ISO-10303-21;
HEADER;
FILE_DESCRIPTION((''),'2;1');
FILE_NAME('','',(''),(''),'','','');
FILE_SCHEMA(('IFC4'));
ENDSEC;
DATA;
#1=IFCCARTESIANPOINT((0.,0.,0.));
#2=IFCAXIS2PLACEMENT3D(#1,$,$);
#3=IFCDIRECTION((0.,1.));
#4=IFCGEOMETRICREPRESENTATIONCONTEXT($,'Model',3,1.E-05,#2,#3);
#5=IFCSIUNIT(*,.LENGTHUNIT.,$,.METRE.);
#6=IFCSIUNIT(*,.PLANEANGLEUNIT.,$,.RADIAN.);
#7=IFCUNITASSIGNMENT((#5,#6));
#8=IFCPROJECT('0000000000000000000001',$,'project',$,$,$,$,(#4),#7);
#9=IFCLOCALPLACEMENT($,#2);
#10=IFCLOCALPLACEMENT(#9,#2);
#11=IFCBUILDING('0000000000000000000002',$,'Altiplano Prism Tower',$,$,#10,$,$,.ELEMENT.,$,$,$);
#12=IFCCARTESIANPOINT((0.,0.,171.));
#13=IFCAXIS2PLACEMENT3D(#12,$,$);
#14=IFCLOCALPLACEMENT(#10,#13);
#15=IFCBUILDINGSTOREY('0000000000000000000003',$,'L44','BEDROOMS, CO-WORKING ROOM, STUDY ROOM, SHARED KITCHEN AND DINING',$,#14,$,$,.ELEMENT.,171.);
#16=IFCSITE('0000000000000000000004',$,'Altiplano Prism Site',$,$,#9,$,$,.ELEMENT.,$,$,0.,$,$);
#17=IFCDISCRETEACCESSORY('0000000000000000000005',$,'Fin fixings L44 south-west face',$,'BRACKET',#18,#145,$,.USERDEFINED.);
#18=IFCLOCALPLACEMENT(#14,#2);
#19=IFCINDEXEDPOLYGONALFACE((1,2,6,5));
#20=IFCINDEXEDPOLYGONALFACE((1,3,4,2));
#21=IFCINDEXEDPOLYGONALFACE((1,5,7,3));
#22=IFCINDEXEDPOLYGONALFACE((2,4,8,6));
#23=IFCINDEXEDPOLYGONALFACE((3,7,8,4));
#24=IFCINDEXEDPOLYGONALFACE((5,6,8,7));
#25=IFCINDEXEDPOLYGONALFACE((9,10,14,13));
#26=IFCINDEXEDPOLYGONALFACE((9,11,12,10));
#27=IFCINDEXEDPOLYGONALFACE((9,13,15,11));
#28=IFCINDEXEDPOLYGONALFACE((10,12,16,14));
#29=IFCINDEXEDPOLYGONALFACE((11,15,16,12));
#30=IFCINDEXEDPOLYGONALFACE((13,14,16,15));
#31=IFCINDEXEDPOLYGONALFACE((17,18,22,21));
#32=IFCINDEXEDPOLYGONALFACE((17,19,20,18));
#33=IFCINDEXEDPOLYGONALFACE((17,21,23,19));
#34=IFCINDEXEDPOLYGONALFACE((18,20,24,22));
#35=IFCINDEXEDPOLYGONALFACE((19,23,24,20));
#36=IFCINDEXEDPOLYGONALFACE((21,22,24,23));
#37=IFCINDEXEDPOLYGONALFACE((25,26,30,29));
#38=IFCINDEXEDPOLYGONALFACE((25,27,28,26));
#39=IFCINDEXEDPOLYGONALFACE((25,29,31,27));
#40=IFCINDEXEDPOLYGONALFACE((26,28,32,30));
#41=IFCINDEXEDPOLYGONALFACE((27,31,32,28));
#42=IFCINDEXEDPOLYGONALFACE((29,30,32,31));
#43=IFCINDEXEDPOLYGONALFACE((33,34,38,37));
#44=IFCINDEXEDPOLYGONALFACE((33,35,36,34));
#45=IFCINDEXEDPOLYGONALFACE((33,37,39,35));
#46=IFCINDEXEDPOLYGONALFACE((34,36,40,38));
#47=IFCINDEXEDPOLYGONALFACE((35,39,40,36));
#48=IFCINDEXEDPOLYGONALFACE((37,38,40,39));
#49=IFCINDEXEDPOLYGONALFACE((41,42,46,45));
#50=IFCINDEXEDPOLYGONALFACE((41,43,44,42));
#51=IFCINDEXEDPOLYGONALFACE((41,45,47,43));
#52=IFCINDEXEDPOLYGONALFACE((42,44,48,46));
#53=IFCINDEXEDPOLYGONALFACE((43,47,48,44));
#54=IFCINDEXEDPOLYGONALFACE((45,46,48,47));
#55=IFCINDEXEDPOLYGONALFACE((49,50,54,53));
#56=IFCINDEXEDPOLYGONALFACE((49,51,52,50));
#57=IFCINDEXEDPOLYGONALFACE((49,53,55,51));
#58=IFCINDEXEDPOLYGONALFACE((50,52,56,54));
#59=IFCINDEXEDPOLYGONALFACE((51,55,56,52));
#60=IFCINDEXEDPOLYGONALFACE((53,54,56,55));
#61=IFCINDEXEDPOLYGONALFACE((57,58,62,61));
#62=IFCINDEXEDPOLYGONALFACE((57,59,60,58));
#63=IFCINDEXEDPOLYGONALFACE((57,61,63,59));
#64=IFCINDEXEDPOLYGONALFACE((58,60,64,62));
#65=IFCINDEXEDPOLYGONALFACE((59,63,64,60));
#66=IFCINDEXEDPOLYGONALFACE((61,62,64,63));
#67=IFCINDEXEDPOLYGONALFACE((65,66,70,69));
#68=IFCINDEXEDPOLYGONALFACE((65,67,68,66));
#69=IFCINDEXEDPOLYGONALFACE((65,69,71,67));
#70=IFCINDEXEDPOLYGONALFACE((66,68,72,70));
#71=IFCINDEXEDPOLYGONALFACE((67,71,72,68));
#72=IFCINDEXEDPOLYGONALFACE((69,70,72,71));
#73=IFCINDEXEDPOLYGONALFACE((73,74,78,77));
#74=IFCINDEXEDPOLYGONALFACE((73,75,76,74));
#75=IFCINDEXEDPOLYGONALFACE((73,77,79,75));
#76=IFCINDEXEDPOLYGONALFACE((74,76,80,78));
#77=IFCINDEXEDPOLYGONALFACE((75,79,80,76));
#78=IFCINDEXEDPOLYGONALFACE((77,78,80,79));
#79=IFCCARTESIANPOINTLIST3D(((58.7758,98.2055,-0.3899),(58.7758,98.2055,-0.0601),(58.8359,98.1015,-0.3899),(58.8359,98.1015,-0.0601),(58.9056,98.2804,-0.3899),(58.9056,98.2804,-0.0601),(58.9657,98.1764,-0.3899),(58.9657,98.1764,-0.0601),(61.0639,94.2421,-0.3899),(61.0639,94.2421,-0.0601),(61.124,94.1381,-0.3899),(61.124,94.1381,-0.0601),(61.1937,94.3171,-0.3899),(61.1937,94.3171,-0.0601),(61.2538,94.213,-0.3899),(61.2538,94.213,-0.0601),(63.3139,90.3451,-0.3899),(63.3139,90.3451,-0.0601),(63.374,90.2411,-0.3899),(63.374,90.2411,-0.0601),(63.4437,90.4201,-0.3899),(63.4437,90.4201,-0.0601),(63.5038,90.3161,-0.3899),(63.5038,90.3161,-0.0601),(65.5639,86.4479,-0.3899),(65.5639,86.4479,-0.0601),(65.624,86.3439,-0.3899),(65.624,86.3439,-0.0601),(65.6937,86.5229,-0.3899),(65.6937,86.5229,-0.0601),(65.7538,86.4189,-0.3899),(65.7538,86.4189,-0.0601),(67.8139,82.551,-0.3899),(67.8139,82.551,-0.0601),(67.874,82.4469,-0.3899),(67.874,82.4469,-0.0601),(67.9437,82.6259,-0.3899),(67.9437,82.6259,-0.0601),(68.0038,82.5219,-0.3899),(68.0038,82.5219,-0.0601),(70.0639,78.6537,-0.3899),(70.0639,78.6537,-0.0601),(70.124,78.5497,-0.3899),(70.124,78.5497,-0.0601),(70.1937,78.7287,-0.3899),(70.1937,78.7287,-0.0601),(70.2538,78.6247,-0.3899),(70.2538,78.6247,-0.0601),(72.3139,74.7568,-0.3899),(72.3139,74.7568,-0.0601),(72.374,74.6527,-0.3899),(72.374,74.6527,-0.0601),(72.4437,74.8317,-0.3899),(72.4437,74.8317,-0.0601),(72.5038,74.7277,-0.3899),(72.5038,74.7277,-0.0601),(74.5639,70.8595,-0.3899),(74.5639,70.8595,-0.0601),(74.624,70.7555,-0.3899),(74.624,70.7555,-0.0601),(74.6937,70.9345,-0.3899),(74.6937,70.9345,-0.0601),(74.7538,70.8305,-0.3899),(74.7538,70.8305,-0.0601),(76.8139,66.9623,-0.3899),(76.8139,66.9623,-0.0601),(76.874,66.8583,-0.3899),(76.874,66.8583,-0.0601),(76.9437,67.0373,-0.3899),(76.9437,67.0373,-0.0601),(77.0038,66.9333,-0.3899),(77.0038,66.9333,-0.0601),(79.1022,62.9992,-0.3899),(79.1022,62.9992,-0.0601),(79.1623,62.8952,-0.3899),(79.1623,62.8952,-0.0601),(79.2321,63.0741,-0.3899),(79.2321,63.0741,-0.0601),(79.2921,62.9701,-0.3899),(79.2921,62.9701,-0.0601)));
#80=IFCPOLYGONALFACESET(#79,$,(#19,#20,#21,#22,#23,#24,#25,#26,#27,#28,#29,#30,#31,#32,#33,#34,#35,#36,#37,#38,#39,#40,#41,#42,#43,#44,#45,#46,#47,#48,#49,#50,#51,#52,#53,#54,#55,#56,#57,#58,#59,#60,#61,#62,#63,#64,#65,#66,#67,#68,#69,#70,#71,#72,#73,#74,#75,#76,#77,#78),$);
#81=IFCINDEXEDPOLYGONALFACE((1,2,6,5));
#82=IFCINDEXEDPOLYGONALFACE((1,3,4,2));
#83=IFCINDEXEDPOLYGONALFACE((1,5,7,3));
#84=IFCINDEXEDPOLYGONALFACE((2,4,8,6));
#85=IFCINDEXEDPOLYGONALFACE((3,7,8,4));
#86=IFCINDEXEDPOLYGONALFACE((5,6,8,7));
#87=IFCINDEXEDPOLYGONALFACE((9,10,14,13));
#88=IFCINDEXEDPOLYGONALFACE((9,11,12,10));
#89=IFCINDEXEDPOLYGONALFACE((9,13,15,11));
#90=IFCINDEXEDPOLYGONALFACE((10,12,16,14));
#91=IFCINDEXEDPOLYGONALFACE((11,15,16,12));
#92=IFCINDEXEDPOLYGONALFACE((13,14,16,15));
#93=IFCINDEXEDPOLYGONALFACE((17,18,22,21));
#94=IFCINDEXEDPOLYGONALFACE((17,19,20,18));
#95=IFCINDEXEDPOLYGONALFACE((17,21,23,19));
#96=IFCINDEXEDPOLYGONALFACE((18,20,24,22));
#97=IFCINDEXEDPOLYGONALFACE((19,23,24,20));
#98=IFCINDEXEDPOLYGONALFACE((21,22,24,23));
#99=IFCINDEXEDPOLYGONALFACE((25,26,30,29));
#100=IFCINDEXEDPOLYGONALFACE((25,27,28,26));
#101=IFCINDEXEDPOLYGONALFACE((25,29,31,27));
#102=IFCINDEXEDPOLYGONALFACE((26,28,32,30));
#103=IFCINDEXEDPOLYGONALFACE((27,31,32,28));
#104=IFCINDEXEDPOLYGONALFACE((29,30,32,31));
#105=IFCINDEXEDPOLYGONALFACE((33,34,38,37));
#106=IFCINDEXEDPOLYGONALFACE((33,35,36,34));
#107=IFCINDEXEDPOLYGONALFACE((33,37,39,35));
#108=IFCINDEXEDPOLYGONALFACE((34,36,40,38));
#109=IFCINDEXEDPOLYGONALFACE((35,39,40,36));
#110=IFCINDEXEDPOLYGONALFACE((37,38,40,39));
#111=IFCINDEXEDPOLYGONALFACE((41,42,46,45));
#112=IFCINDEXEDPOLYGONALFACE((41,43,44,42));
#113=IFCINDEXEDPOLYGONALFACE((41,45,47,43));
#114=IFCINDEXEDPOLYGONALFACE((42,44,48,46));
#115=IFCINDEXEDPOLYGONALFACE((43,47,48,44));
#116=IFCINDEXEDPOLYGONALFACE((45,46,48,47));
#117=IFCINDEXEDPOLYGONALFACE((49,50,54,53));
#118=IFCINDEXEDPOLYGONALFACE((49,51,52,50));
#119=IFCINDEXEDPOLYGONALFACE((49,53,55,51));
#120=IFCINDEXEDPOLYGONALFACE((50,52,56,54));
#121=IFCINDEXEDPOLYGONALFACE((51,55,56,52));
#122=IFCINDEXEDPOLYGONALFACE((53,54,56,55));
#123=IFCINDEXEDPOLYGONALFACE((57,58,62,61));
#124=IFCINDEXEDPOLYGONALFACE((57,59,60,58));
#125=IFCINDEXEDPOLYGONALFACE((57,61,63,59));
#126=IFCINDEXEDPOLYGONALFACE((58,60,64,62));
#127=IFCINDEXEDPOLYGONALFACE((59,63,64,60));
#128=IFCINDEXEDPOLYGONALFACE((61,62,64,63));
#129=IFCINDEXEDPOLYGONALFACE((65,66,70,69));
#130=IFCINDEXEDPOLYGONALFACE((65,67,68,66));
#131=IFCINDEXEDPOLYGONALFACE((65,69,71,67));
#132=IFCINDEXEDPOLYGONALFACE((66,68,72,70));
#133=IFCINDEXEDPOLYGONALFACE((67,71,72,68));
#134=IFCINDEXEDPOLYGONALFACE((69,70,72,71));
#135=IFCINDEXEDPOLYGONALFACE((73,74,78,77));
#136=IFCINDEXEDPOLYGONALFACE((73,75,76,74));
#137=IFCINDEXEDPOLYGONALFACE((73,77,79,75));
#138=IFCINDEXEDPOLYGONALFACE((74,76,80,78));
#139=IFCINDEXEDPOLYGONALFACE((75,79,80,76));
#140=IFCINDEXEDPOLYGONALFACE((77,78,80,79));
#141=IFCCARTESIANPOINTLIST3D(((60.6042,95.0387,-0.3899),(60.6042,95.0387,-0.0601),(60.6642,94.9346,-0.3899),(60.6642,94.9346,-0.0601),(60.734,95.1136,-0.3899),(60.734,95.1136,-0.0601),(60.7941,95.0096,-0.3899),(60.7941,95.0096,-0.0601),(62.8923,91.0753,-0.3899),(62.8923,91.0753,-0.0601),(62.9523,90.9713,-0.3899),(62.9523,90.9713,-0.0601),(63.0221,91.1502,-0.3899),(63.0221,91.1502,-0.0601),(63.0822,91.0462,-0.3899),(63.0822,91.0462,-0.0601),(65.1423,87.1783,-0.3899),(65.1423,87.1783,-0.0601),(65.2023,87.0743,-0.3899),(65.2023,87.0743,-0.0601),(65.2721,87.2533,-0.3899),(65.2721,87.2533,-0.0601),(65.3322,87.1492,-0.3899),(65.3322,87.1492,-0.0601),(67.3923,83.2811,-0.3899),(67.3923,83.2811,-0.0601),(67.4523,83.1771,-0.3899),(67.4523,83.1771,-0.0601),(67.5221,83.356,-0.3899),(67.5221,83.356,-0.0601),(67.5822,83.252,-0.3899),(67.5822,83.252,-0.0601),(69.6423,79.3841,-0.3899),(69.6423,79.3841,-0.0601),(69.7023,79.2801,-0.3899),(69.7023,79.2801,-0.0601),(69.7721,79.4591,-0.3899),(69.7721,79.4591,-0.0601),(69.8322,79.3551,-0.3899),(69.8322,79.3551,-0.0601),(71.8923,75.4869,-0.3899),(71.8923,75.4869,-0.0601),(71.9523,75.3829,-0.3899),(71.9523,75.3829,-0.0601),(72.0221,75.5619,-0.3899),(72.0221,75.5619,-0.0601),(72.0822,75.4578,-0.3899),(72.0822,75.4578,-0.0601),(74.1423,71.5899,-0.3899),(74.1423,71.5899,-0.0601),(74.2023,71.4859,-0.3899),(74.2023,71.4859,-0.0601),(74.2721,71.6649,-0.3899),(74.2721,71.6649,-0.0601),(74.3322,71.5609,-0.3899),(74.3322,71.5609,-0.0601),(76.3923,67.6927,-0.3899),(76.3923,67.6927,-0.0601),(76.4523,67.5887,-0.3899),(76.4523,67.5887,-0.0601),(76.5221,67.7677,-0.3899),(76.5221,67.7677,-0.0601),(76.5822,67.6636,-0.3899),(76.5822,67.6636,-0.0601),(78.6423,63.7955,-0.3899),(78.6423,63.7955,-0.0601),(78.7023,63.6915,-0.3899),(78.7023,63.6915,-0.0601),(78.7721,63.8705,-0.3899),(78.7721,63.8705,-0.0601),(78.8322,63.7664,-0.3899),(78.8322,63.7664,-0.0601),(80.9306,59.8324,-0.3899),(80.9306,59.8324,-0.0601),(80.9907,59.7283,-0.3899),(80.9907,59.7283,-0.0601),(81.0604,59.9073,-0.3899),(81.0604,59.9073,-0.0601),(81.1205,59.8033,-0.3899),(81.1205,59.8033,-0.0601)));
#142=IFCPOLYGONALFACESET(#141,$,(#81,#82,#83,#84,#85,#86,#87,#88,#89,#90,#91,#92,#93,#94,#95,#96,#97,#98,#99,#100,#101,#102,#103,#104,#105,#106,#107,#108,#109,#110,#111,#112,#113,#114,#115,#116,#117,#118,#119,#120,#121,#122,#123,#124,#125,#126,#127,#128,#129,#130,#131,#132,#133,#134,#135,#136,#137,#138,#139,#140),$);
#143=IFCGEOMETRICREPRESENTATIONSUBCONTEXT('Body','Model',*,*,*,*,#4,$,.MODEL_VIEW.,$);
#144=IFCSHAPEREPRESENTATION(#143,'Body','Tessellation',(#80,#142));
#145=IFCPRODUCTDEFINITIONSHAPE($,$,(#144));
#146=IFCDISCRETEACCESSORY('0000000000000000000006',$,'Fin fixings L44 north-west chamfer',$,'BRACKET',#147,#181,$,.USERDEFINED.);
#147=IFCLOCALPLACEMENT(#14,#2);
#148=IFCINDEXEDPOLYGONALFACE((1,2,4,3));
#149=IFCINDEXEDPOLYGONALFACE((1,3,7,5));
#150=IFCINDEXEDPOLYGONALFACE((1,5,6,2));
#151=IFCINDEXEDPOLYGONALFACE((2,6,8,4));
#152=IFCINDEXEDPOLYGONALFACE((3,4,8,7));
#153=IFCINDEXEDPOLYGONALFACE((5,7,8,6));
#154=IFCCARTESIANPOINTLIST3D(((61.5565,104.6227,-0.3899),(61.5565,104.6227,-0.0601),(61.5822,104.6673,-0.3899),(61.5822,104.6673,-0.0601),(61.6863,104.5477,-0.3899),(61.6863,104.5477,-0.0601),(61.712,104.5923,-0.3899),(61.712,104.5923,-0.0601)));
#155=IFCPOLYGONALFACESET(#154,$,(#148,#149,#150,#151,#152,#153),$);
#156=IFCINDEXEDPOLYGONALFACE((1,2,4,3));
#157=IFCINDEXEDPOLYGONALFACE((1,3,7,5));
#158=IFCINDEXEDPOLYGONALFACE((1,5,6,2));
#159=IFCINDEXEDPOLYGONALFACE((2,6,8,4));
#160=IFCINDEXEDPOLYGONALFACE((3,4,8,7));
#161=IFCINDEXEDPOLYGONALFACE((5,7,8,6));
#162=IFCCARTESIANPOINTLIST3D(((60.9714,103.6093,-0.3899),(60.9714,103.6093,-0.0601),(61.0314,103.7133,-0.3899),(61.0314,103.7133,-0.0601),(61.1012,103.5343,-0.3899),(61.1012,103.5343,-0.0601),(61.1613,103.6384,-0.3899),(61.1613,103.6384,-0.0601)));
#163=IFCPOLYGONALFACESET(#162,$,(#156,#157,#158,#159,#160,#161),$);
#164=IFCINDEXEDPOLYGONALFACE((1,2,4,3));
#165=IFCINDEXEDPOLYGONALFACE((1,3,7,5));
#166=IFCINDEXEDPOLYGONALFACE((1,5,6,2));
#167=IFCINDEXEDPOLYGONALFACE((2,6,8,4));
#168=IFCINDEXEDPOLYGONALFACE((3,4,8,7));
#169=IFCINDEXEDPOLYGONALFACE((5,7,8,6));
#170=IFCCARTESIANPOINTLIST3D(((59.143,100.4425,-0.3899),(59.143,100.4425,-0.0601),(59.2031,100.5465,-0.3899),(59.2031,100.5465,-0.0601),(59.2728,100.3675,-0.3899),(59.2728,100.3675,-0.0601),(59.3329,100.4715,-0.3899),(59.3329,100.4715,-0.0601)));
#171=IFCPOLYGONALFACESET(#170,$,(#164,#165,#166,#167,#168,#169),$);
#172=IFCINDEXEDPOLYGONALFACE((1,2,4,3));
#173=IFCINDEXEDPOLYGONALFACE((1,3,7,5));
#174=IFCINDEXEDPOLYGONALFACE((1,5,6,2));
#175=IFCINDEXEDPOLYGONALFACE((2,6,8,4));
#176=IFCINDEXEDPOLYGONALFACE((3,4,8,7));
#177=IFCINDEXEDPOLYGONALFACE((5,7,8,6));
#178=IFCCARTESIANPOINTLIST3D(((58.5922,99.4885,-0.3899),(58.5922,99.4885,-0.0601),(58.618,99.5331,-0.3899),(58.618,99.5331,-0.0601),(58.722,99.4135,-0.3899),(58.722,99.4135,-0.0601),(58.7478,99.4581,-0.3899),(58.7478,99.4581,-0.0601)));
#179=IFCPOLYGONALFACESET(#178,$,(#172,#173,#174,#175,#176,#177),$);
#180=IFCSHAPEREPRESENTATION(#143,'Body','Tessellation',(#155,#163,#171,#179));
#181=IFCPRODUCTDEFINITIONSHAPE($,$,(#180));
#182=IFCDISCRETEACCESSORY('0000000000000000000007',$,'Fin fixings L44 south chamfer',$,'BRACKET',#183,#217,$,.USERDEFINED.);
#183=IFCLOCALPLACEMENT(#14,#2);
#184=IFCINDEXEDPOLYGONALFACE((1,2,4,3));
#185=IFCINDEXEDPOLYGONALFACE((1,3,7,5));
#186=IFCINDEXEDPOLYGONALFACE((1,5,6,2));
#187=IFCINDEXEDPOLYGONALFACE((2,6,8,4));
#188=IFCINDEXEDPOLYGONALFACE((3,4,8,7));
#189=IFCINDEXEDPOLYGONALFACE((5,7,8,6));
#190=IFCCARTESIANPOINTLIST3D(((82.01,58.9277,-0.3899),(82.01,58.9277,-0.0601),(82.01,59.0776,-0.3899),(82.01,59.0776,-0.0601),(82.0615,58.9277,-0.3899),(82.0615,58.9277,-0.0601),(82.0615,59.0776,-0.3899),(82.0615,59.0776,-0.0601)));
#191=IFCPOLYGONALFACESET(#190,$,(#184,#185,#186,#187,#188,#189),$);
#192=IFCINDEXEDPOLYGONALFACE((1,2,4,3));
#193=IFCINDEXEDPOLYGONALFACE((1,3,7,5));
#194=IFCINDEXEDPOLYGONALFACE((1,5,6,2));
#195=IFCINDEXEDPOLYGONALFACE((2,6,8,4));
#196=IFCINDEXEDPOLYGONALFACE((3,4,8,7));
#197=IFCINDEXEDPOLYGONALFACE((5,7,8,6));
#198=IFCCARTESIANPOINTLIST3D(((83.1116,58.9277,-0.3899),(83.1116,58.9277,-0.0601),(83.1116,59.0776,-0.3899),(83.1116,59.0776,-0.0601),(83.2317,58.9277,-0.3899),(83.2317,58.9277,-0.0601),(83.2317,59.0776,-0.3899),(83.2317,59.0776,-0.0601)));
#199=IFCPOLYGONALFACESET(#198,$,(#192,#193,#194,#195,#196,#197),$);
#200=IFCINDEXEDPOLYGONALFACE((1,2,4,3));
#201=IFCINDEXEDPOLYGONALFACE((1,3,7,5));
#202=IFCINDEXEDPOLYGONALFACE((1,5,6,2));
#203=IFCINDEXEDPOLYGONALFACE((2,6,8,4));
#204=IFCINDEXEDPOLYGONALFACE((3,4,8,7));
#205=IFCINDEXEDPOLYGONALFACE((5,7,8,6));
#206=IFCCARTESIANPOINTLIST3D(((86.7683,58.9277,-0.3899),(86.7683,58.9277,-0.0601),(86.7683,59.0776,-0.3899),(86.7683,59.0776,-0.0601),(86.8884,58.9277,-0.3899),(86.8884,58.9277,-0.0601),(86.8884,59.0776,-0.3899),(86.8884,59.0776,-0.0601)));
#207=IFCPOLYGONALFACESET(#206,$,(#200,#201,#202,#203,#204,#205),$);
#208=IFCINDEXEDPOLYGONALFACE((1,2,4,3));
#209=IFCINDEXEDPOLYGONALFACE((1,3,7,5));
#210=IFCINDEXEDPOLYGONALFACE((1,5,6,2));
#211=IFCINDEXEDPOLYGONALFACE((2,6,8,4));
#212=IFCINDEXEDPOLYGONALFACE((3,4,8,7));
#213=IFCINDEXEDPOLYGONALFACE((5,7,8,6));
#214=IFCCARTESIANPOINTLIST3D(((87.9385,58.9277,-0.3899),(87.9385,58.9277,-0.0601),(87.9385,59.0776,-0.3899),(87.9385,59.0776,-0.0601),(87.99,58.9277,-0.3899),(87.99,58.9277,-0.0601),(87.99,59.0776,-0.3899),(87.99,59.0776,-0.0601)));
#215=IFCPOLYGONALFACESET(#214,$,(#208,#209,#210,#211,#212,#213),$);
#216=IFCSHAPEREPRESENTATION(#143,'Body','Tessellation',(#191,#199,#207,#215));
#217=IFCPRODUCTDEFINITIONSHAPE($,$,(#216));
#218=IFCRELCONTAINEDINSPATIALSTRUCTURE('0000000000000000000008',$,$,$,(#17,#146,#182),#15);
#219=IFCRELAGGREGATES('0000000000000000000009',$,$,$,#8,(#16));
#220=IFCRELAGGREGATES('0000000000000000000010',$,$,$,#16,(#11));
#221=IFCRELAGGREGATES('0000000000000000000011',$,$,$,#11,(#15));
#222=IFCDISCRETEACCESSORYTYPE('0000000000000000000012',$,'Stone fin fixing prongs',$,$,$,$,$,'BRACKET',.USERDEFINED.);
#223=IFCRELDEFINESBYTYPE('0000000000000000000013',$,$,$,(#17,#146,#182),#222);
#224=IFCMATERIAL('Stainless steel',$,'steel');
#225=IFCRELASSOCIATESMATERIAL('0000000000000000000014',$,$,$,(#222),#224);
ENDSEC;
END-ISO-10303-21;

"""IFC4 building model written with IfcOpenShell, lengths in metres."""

from ifc_helpers import new_model, si_unit, direction, frame, origin, place, context, subcontext, project, spatial, polyline, outline, extrude, source, transform, mapped, material, type_object, element, save


model = new_model("IFC4")

# Units and contexts
model_context = context("Model", 3, precision=1e-05, world=origin(), true_north=direction((0.0, 1.0)))
body_context = subcontext(model_context, "Body", "Model", "MODEL_VIEW")
ifc_project = project(units=[si_unit("LENGTHUNIT", "METRE"), si_unit("PLANEANGLEUNIT", "RADIAN")], contexts=[model_context])

# Site, building, storey
site_placement = place(None, origin())
site = spatial("IfcSite", under=ifc_project, at=site_placement, Name="Altiplano Prism Site", CompositionType="ELEMENT", RefElevation=0.0)
building_placement = place(site_placement, origin())
building = spatial("IfcBuilding", under=site, at=building_placement, Name="Altiplano Prism Tower", CompositionType="ELEMENT")
storey_placement = place(building_placement, frame((0.0, 0.0, 171.0)))
storey = spatial("IfcBuildingStorey", under=building, at=storey_placement, Name="L44", Description="BEDROOMS, CO-WORKING ROOM, STUDY ROOM, SHARED KITCHEN AND DINING", CompositionType="ELEMENT", Elevation=171.0)

# Discrete accessories
ifc_material_1 = material(Name="Stainless steel", Category="steel")
discrete_accessory_type = type_object("IfcDiscreteAccessoryType", Name="Stone fin fixing prongs", ElementType="BRACKET", PredefinedType="USERDEFINED", material=ifc_material_1)
shared_shape_1 = source(origin(), body_context, "Body", "SweptSolid", [
    extrude(outline(polyline([(-1.8884, 0.0601), (-1.7683, 0.0601), (-1.7683, 0.3899), (-1.8884, 0.3899), (-1.8884, 0.0601)])), frame((0.0, 0.0, 0.0), z_axis=(0.0, -1.0, 0.0), x_axis=(1.0, 0.0, 0.0)), (0.0, 0.0, 1.0), 0.1499),
    extrude(outline(polyline([(1.7683, 0.0601), (1.8884, 0.0601), (1.8884, 0.3899), (1.7683, 0.3899), (1.7683, 0.0601)])), frame((0.0, 0.0, 0.0), z_axis=(0.0, -1.0, 0.0), x_axis=(1.0, 0.0, 0.0)), (0.0, 0.0, 1.0), 0.1499),
])
discrete_accessory_1_placement = place(storey_placement, origin())
element("IfcDiscreteAccessory", 1, at=discrete_accessory_1_placement, inside=storey, type_object=discrete_accessory_type, Name="Fin fixings L44 south-west face", ObjectType="BRACKET", PredefinedType="USERDEFINED", context=body_context, shape_type="MappedRepresentation", body=[
    mapped(shared_shape_1, transform((59.8499, 96.645, -0.45), x_axis=(0.5, -0.866025, 0.0), y_axis=(0.866025, 0.5, 0.0), z_axis=(0.0, 0.0, 1.0))),
    mapped(shared_shape_1, transform((62.1379, 92.6816, -0.45), x_axis=(0.5, -0.866025, 0.0), y_axis=(0.866025, 0.5, 0.0), z_axis=(0.0, 0.0, 1.0))),
    mapped(shared_shape_1, transform((64.3879, 88.7847, -0.45), x_axis=(0.5, -0.866025, 0.0), y_axis=(0.866025, 0.5, 0.0), z_axis=(0.0, 0.0, 1.0))),
    mapped(shared_shape_1, transform((66.6379, 84.8875, -0.45), x_axis=(0.5, -0.866025, 0.0), y_axis=(0.866025, 0.5, 0.0), z_axis=(0.0, 0.0, 1.0))),
    mapped(shared_shape_1, transform((68.8879, 80.9905, -0.45), x_axis=(0.5, -0.866025, 0.0), y_axis=(0.866025, 0.5, 0.0), z_axis=(0.0, 0.0, 1.0))),
    mapped(shared_shape_1, transform((71.1379, 77.0933, -0.45), x_axis=(0.5, -0.866025, 0.0), y_axis=(0.866025, 0.5, 0.0), z_axis=(0.0, 0.0, 1.0))),
    mapped(shared_shape_1, transform((73.3879, 73.1963, -0.45), x_axis=(0.5, -0.866025, 0.0), y_axis=(0.866025, 0.5, 0.0), z_axis=(0.0, 0.0, 1.0))),
    mapped(shared_shape_1, transform((75.6379, 69.2991, -0.45), x_axis=(0.5, -0.866025, 0.0), y_axis=(0.866025, 0.5, 0.0), z_axis=(0.0, 0.0, 1.0))),
    mapped(shared_shape_1, transform((77.8879, 65.4019, -0.45), x_axis=(0.5, -0.866025, 0.0), y_axis=(0.866025, 0.5, 0.0), z_axis=(0.0, 0.0, 1.0))),
    mapped(shared_shape_1, transform((80.1763, 61.4387, -0.45), x_axis=(0.5, -0.866025, 0.0), y_axis=(0.866025, 0.5, 0.0), z_axis=(0.0, 0.0, 1.0))),
])
shared_shape_2 = source(origin(), body_context, "Body", "SweptSolid", [
    extrude(outline(polyline([(-2.99, 0.0601), (-2.9385, 0.0601), (-2.9385, 0.3899), (-2.99, 0.3899), (-2.99, 0.0601)])), frame((0.0, 0.0, 0.0), z_axis=(0.0, -1.0, 0.0), x_axis=(1.0, 0.0, 0.0)), (0.0, 0.0, 1.0), 0.1499),
    extrude(outline(polyline([(-1.8884, 0.0601), (-1.7683, 0.0601), (-1.7683, 0.3899), (-1.8884, 0.3899), (-1.8884, 0.0601)])), frame((0.0, 0.0, 0.0), z_axis=(0.0, -1.0, 0.0), x_axis=(1.0, 0.0, 0.0)), (0.0, 0.0, 1.0), 0.1499),
    extrude(outline(polyline([(1.7683, 0.0601), (1.8884, 0.0601), (1.8884, 0.3899), (1.7683, 0.3899), (1.7683, 0.0601)])), frame((0.0, 0.0, 0.0), z_axis=(0.0, -1.0, 0.0), x_axis=(1.0, 0.0, 0.0)), (0.0, 0.0, 1.0), 0.1499),
    extrude(outline(polyline([(2.9385, 0.0601), (2.99, 0.0601), (2.99, 0.3899), (2.9385, 0.3899), (2.9385, 0.0601)])), frame((0.0, 0.0, 0.0), z_axis=(0.0, -1.0, 0.0), x_axis=(1.0, 0.0, 0.0)), (0.0, 0.0, 1.0), 0.1499),
])
discrete_accessory_2_placement = place(storey_placement, origin())
element("IfcDiscreteAccessory", 2, at=discrete_accessory_2_placement, inside=storey, type_object=discrete_accessory_type, Name="Fin fixings L44 north-west chamfer", ObjectType="BRACKET", PredefinedType="USERDEFINED", context=body_context, shape_type="MappedRepresentation", body=[
    mapped(shared_shape_2, transform((60.217, 102.0029, -0.45), x_axis=(-0.5, -0.866025, 0.0), y_axis=(0.866025, -0.5, 0.0), z_axis=(0.0, 0.0, 1.0))),
])
discrete_accessory_3_placement = place(storey_placement, origin())
element("IfcDiscreteAccessory", 3, at=discrete_accessory_3_placement, inside=storey, type_object=discrete_accessory_type, Name="Fin fixings L44 south chamfer", ObjectType="BRACKET", PredefinedType="USERDEFINED", context=body_context, shape_type="MappedRepresentation", body=[
    mapped(shared_shape_2, transform((85.0, 59.0776, -0.45), x_axis=(1.0, 0.0, 0.0), y_axis=(0.0, 1.0, 0.0), z_axis=(0.0, 0.0, 1.0))),
])

save(model, "model.ifc")
